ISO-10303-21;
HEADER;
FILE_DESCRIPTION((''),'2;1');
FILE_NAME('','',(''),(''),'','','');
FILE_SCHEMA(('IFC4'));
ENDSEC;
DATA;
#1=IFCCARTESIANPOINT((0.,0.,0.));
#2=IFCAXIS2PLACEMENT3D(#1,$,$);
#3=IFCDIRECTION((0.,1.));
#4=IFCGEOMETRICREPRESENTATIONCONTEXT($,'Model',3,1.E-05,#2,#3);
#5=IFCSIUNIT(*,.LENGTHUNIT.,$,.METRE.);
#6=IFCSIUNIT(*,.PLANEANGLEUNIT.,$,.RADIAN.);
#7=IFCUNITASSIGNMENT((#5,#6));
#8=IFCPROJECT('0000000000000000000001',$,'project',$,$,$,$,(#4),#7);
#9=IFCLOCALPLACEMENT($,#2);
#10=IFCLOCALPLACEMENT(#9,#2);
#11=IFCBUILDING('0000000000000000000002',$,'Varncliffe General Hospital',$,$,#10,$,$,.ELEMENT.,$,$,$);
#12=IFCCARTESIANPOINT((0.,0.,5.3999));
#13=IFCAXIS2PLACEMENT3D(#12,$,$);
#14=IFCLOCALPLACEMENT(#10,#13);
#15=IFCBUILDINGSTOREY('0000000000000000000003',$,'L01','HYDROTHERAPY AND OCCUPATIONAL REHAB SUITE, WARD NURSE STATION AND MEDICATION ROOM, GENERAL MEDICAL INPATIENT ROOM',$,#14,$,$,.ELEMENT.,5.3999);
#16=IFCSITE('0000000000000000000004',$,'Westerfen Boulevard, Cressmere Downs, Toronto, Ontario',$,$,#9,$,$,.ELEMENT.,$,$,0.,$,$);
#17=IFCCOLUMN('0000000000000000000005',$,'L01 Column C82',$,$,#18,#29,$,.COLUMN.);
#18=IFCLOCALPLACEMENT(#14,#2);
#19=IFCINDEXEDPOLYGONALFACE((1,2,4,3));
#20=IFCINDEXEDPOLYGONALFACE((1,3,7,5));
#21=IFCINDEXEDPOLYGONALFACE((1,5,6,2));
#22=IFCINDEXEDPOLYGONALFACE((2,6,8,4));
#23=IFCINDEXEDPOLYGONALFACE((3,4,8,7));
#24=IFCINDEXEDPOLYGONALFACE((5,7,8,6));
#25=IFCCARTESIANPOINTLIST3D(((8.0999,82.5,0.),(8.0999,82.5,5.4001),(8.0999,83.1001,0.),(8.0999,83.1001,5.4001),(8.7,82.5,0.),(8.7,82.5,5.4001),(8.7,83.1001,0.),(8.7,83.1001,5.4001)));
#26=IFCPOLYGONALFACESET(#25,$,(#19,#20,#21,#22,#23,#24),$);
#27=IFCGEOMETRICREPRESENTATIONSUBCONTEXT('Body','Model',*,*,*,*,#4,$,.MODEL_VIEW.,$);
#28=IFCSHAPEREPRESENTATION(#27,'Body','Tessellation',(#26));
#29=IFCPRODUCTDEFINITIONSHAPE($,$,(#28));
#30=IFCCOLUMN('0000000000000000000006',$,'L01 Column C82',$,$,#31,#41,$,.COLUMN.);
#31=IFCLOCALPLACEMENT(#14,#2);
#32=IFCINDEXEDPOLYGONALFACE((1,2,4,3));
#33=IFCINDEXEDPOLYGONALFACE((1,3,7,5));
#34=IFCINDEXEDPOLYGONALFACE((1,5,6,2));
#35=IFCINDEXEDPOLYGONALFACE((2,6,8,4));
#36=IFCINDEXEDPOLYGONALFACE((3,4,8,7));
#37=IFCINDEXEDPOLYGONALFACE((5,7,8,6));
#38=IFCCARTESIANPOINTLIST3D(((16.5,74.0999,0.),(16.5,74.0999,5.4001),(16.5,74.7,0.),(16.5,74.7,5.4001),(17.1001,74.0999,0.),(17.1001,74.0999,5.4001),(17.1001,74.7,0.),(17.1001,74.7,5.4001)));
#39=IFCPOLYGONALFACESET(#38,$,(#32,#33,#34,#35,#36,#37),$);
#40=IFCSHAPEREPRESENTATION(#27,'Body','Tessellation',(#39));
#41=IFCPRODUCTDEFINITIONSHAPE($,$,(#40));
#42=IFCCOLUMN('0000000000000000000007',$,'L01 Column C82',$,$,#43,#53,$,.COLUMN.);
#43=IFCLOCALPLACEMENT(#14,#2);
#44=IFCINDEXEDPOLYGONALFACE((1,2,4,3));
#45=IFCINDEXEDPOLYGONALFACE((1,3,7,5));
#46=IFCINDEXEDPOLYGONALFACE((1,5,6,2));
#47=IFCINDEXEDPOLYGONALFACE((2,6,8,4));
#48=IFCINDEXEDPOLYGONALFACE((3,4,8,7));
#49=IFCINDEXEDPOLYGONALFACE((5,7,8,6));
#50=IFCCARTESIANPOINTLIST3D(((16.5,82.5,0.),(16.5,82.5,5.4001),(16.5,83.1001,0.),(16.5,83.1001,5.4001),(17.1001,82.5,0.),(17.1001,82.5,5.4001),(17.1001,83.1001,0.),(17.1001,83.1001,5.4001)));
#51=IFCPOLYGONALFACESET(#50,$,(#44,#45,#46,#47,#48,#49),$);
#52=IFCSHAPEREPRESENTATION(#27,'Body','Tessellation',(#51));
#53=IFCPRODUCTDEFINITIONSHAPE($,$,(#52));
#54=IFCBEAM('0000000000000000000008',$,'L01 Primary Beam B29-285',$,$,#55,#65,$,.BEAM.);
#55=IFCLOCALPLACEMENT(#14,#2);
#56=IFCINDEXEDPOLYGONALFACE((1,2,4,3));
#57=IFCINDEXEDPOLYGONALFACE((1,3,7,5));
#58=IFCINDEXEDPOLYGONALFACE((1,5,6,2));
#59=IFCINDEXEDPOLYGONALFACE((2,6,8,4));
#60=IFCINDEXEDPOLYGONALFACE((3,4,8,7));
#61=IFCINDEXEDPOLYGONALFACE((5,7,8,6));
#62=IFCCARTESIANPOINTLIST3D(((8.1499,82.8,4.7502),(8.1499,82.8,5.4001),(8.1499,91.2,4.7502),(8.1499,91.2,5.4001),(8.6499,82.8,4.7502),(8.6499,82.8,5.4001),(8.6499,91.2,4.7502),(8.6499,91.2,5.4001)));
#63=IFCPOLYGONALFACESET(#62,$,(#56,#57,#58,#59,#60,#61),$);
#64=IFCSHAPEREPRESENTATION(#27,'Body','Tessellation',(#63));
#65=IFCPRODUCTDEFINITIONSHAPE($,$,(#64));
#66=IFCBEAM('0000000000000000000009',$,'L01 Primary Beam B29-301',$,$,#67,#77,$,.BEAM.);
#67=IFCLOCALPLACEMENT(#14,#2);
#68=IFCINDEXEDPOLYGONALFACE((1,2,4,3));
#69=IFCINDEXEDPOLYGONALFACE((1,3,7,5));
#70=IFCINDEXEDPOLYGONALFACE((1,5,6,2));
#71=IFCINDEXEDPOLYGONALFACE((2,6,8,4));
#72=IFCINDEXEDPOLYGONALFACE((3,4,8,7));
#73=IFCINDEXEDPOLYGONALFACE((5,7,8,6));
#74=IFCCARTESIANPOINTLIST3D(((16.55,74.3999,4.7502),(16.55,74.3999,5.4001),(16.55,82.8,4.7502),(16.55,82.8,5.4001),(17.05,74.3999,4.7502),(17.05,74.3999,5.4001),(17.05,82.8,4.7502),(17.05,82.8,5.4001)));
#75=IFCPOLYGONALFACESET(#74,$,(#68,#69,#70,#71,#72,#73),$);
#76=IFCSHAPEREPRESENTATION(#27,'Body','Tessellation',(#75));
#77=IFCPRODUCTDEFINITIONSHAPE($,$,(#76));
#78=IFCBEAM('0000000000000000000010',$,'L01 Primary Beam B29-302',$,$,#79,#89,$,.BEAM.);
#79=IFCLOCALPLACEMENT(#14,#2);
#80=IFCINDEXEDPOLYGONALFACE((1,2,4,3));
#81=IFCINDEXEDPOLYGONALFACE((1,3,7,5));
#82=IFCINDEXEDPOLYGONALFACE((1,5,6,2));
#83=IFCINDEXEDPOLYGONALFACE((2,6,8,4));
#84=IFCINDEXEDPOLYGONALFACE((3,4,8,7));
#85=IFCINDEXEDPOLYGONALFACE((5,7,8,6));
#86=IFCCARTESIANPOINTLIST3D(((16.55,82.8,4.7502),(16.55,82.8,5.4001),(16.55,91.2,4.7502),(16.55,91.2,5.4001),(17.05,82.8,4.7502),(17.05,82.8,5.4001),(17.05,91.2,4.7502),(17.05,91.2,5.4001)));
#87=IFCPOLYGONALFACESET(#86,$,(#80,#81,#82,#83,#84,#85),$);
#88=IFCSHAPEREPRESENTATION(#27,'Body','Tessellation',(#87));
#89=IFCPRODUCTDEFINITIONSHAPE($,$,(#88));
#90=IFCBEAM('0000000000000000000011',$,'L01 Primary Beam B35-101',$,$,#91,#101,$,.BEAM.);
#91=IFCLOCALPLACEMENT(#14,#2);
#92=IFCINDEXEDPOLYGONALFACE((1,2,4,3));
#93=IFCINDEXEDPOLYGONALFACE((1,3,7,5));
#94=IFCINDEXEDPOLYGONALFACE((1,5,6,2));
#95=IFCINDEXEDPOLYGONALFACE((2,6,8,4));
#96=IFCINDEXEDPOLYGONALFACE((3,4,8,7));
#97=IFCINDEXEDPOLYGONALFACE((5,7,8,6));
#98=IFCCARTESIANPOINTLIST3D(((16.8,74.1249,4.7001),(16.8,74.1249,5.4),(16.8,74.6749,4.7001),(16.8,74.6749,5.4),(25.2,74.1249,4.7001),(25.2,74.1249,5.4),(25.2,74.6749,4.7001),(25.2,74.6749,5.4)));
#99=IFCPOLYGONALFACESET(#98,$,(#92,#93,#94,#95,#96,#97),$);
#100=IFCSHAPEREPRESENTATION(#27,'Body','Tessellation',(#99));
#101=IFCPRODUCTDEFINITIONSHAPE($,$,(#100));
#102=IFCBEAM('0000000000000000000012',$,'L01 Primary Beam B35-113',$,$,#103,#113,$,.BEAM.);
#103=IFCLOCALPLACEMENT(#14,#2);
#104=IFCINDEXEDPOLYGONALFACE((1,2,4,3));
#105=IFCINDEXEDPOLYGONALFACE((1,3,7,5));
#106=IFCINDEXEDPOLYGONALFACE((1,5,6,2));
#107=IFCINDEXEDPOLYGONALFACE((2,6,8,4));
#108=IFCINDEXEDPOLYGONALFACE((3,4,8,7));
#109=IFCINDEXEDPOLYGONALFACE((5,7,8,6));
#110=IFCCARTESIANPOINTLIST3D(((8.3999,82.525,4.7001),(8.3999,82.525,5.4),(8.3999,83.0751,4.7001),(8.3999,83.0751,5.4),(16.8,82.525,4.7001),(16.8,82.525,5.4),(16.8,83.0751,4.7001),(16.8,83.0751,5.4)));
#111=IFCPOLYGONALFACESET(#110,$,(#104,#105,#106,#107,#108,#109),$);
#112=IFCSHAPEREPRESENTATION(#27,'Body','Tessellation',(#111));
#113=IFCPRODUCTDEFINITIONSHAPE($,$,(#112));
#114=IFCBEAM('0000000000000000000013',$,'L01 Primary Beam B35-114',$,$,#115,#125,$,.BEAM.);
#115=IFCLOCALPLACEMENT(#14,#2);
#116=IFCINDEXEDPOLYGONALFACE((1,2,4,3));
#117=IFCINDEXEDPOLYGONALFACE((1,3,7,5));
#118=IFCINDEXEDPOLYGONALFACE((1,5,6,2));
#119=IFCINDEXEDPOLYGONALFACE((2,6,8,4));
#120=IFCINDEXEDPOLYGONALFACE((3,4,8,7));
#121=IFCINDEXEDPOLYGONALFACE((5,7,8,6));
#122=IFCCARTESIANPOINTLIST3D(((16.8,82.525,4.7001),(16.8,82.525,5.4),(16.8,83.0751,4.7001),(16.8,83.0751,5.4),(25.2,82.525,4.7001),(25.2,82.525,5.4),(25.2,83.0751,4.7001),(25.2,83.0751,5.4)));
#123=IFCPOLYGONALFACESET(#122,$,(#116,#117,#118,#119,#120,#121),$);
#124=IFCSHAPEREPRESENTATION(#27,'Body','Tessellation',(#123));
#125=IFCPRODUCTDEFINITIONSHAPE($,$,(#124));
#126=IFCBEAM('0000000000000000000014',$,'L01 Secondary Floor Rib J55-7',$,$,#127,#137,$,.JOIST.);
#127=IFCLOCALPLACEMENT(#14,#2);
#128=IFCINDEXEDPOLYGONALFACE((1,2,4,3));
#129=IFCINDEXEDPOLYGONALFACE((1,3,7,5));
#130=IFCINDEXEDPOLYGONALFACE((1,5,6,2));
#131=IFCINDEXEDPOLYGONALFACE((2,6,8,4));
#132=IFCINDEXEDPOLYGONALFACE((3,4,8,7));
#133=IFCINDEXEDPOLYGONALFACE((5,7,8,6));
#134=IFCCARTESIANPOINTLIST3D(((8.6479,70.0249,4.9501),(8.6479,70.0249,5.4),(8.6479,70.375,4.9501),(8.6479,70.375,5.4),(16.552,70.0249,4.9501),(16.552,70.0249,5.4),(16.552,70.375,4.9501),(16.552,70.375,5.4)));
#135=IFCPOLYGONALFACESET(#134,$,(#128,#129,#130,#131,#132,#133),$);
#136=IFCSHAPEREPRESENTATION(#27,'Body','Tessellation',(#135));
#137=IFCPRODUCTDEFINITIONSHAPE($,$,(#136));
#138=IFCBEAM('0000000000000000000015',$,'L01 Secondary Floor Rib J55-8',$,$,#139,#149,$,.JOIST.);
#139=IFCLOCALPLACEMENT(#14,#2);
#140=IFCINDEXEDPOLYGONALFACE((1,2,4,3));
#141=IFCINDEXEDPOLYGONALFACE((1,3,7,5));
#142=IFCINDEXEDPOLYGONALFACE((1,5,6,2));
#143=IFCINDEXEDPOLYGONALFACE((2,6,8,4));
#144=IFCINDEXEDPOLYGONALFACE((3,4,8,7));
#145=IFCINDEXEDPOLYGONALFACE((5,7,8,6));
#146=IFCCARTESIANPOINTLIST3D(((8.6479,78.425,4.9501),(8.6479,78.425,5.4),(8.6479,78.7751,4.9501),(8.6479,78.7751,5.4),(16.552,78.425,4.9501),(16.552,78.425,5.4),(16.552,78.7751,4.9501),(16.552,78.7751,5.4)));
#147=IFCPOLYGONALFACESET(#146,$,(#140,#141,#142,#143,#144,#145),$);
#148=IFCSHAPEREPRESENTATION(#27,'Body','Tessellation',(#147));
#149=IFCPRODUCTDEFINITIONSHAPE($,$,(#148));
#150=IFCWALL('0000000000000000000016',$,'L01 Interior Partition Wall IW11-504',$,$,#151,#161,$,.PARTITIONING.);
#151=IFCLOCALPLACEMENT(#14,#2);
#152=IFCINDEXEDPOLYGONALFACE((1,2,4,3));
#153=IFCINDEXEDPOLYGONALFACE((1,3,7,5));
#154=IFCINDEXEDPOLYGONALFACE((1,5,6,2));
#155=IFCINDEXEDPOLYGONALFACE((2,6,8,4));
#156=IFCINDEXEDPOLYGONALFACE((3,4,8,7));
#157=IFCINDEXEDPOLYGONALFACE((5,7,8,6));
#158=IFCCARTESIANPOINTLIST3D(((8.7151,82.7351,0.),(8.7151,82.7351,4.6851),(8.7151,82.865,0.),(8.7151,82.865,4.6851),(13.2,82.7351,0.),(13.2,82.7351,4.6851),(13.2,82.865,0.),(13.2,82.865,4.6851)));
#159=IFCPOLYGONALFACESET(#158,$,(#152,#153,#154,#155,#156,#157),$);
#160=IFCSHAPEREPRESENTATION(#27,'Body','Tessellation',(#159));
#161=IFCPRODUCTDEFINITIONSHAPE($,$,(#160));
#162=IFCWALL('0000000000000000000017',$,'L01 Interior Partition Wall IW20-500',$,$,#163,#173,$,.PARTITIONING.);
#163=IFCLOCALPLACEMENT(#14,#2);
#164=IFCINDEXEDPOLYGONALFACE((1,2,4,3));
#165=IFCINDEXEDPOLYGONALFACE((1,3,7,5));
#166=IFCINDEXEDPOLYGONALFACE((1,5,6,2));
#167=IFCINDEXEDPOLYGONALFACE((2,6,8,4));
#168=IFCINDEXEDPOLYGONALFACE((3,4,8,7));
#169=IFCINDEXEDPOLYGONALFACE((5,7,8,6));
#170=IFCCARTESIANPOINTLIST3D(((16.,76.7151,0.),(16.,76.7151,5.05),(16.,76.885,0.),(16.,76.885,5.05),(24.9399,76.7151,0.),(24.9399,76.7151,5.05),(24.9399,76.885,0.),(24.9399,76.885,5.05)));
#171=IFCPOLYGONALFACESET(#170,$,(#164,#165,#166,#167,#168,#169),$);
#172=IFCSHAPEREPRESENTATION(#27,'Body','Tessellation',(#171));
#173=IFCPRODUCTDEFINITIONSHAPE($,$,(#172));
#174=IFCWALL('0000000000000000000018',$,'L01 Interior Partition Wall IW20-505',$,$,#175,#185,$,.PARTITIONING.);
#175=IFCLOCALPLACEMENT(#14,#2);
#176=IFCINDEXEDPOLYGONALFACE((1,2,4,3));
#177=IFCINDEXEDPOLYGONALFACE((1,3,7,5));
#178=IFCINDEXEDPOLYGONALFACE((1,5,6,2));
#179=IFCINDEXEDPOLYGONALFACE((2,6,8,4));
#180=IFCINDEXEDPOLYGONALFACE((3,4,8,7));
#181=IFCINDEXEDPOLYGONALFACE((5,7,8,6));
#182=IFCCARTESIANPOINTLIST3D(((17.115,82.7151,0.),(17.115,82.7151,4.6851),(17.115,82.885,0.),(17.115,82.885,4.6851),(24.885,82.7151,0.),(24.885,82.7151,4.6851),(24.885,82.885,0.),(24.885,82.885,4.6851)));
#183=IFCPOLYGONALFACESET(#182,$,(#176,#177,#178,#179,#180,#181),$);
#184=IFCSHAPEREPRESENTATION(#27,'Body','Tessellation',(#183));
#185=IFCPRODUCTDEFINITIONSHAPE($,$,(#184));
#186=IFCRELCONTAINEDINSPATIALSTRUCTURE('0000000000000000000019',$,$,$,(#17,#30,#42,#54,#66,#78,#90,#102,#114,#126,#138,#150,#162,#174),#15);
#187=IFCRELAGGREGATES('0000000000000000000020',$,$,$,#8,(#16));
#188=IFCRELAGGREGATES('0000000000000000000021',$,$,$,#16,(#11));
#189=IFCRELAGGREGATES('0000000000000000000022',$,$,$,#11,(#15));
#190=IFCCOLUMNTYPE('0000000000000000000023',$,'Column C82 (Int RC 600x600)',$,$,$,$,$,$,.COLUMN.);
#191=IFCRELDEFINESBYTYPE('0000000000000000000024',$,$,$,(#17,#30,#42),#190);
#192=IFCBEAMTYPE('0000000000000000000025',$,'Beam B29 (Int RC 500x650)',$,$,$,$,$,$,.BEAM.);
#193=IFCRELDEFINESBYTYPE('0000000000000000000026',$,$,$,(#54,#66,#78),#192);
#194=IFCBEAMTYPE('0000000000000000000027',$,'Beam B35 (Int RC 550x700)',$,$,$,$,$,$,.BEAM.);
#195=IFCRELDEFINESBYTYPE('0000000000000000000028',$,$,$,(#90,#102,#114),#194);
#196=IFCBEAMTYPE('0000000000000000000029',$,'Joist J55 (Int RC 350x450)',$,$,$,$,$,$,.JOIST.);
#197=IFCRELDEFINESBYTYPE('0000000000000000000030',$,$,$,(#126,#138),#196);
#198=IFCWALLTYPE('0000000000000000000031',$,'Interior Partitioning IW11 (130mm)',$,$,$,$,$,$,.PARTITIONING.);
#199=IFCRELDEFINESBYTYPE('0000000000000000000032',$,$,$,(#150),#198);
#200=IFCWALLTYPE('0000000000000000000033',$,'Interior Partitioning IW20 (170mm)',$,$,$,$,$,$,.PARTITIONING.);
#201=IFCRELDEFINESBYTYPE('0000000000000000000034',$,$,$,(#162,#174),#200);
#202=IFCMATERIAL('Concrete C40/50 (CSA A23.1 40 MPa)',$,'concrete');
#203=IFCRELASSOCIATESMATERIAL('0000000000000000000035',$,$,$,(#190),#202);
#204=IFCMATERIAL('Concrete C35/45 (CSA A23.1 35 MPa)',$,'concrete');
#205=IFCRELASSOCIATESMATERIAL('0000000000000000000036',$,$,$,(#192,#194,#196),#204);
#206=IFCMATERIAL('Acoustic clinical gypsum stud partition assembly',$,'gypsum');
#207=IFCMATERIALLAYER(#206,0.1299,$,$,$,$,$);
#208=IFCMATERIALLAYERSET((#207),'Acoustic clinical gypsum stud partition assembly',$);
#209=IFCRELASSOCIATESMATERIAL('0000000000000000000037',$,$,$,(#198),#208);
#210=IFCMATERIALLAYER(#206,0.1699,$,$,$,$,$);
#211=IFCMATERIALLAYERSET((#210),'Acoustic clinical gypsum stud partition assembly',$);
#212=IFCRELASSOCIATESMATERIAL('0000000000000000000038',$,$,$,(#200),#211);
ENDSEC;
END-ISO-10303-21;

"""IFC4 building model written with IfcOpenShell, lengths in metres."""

from ifc_helpers import new_model, si_unit, direction, frame, frame_2d, origin, origin_2d, place, context, subcontext, project, spatial, rectangle, extrude, material, layer, layer_set, material_profile, profile_set, type_object, element, save


model = new_model("IFC4")

# Units and contexts
model_context = context("Model", 3, precision=1e-05, world=origin(), true_north=direction((0.0, 1.0)))
body_context = subcontext(model_context, "Body", "Model", "MODEL_VIEW")
ifc_project = project(units=[si_unit("LENGTHUNIT", "METRE"), si_unit("PLANEANGLEUNIT", "RADIAN")], contexts=[model_context])

# Site, building, storey
site_placement = place(None, origin())
site = spatial("IfcSite", under=ifc_project, at=site_placement, Name="Westerfen Boulevard, Cressmere Downs, Toronto, Ontario", CompositionType="ELEMENT", RefElevation=0.0)
building_placement = place(site_placement, origin())
building = spatial("IfcBuilding", under=site, at=building_placement, Name="Varncliffe General Hospital", CompositionType="ELEMENT")
storey_placement = place(building_placement, frame((0.0, 0.0, 5.3999)))
storey = spatial("IfcBuildingStorey", under=building, at=storey_placement, Name="L01", Description="HYDROTHERAPY AND OCCUPATIONAL REHAB SUITE, WARD NURSE STATION AND MEDICATION ROOM, GENERAL MEDICAL INPATIENT ROOM", CompositionType="ELEMENT", Elevation=5.3999)

# Columns
ifc_material_1 = material(Name="Concrete C40/50 (CSA A23.1 40 MPa)", Category="concrete")
ifc_material_profile_1 = material_profile(ifc_material_1, rectangle(XDim=0.6001, YDim=0.6001, at=origin_2d()), Name="RC 600x600")
ifc_profile_set_1 = profile_set([ifc_material_profile_1], Name="Concrete C40/50 (CSA A23.1 40 MPa)")
column_type = type_object("IfcColumnType", Name="Column C82 (Int RC 600x600)", PredefinedType="COLUMN", material=ifc_profile_set_1)
for number, where, z_axis, x_axis, name in (
    (1, (8.3999, 82.8, 0.0), (0.0, 0.0, 1.0), (1.0, 0.0, 0.0), "L01 Column C82"),
    (2, (16.8, 74.3999, 0.0), (0.0, 0.0, 1.0), (1.0, 0.0, 0.0), "L01 Column C82"),
    (3, (16.8, 82.8, 0.0), (0.0, 0.0, 1.0), (1.0, 0.0, 0.0), "L01 Column C82"),
):
    element("IfcColumn", number, at=place(storey_placement, frame(where, z_axis=z_axis, x_axis=x_axis)), inside=storey, type_object=column_type, Name=name, PredefinedType="COLUMN", context=body_context, shape_type="SweptSolid", body=[
        extrude(rectangle(XDim=0.6001, YDim=0.6001, at=origin_2d()), origin(), (0.0, 0.0, 1.0), 5.4001),
    ])

# Beams
ifc_material_2 = material(Name="Concrete C35/45 (CSA A23.1 35 MPa)", Category="concrete")
ifc_material_profile_2 = material_profile(ifc_material_2, rectangle(XDim=0.5, YDim=0.6499, at=origin_2d()), Name="RC 500x650")
ifc_profile_set_2 = profile_set([ifc_material_profile_2], Name="Concrete C35/45 (CSA A23.1 35 MPa)")
beam_type_1 = type_object("IfcBeamType", Name="Beam B29 (Int RC 500x650)", PredefinedType="BEAM", material=ifc_profile_set_2)
beam_1_placement = place(storey_placement, frame((8.3999, 82.8, 5.0752), z_axis=(0.0, 1.0, 0.0), x_axis=(-1.0, 0.0, 0.0)))
element("IfcBeam", 4, at=beam_1_placement, inside=storey, type_object=beam_type_1, Name="L01 Primary Beam B29-285", PredefinedType="BEAM", context=body_context, shape_type="SweptSolid", body=[
    extrude(rectangle(XDim=0.5, YDim=0.6499, at=origin_2d()), origin(), (0.0, 0.0, 1.0), 8.3999),
])
beam_2_placement = place(storey_placement, frame((16.8, 74.3999, 5.0752), z_axis=(0.0, 1.0, 0.0), x_axis=(-1.0, 0.0, 0.0)))
element("IfcBeam", 5, at=beam_2_placement, inside=storey, type_object=beam_type_1, Name="L01 Primary Beam B29-301", PredefinedType="BEAM", context=body_context, shape_type="SweptSolid", body=[
    extrude(rectangle(XDim=0.5, YDim=0.6499, at=origin_2d()), origin(), (0.0, 0.0, 1.0), 8.4001),
])
beam_3_placement = place(storey_placement, frame((16.8, 82.8, 5.0752), z_axis=(0.0, 1.0, 0.0), x_axis=(-1.0, 0.0, 0.0)))
element("IfcBeam", 6, at=beam_3_placement, inside=storey, type_object=beam_type_1, Name="L01 Primary Beam B29-302", PredefinedType="BEAM", context=body_context, shape_type="SweptSolid", body=[
    extrude(rectangle(XDim=0.5, YDim=0.6499, at=origin_2d()), origin(), (0.0, 0.0, 1.0), 8.3999),
])
ifc_material_profile_3 = material_profile(ifc_material_2, rectangle(XDim=0.55, YDim=0.7, at=origin_2d()), Name="RC 550x700")
ifc_profile_set_3 = profile_set([ifc_material_profile_3], Name="Concrete C35/45 (CSA A23.1 35 MPa)")
beam_type_2 = type_object("IfcBeamType", Name="Beam B35 (Int RC 550x700)", PredefinedType="BEAM", material=ifc_profile_set_3)
beam_4_placement = place(storey_placement, frame((16.8, 74.3999, 5.05), z_axis=(1.0, 0.0, 0.0), x_axis=(0.0, 1.0, 0.0)))
element("IfcBeam", 7, at=beam_4_placement, inside=storey, type_object=beam_type_2, Name="L01 Primary Beam B35-101", PredefinedType="BEAM", context=body_context, shape_type="SweptSolid", body=[
    extrude(rectangle(XDim=0.55, YDim=0.7, at=origin_2d()), origin(), (0.0, 0.0, 1.0), 8.3999),
])
beam_5_placement = place(storey_placement, frame((8.3999, 82.8, 5.05), z_axis=(1.0, 0.0, 0.0), x_axis=(0.0, 1.0, 0.0)))
element("IfcBeam", 8, at=beam_5_placement, inside=storey, type_object=beam_type_2, Name="L01 Primary Beam B35-113", PredefinedType="BEAM", context=body_context, shape_type="SweptSolid", body=[
    extrude(rectangle(XDim=0.55, YDim=0.7, at=origin_2d()), origin(), (0.0, 0.0, 1.0), 8.4001),
])
beam_6_placement = place(storey_placement, frame((16.8, 82.8, 5.05), z_axis=(1.0, 0.0, 0.0), x_axis=(0.0, 1.0, 0.0)))
element("IfcBeam", 9, at=beam_6_placement, inside=storey, type_object=beam_type_2, Name="L01 Primary Beam B35-114", PredefinedType="BEAM", context=body_context, shape_type="SweptSolid", body=[
    extrude(rectangle(XDim=0.55, YDim=0.7, at=origin_2d()), origin(), (0.0, 0.0, 1.0), 8.3999),
])
ifc_material_profile_4 = material_profile(ifc_material_2, rectangle(XDim=0.3501, YDim=0.45, at=origin_2d()), Name="RC 350x450")
ifc_profile_set_4 = profile_set([ifc_material_profile_4], Name="Concrete C35/45 (CSA A23.1 35 MPa)")
beam_type_3 = type_object("IfcBeamType", Name="Joist J55 (Int RC 350x450)", PredefinedType="JOIST", material=ifc_profile_set_4)
for number, where, z_axis, x_axis, name in (
    (10, (8.6479, 70.2, 5.175), (1.0, 0.0, 0.0), (0.0, 1.0, 0.0), "L01 Secondary Floor Rib J55-7"),
    (11, (8.6479, 78.6001, 5.175), (1.0, 0.0, 0.0), (0.0, 1.0, 0.0), "L01 Secondary Floor Rib J55-8"),
):
    element("IfcBeam", number, at=place(storey_placement, frame(where, z_axis=z_axis, x_axis=x_axis)), inside=storey, type_object=beam_type_3, Name=name, PredefinedType="JOIST", context=body_context, shape_type="SweptSolid", body=[
        extrude(rectangle(XDim=0.3501, YDim=0.45, at=origin_2d()), origin(), (0.0, 0.0, 1.0), 7.9041),
    ])

# Walls
ifc_material_3 = material(Name="Acoustic clinical gypsum stud partition assembly", Category="gypsum")
ifc_layer_1 = layer(ifc_material_3, 0.1299)
ifc_layer_set_1 = layer_set([ifc_layer_1], Name="Acoustic clinical gypsum stud partition assembly")
wall_type_1 = type_object("IfcWallType", Name="Interior Partitioning IW11 (130mm)", PredefinedType="PARTITIONING", material=ifc_layer_set_1)
wall_1_placement = place(storey_placement, frame((8.7151, 82.8, 0.0), z_axis=(0.0, 0.0, 1.0), x_axis=(1.0, 0.0, 0.0)))
element("IfcWall", 12, at=wall_1_placement, inside=storey, type_object=wall_type_1, Name="L01 Interior Partition Wall IW11-504", PredefinedType="PARTITIONING", context=body_context, shape_type="SweptSolid", body=[
    extrude(rectangle(XDim=4.4849, YDim=0.1299, at=frame_2d((2.2424, 0.0))), origin(), (0.0, 0.0, 1.0), 4.6851),
])
ifc_layer_2 = layer(ifc_material_3, 0.1699)
ifc_layer_set_2 = layer_set([ifc_layer_2], Name="Acoustic clinical gypsum stud partition assembly")
wall_type_2 = type_object("IfcWallType", Name="Interior Partitioning IW20 (170mm)", PredefinedType="PARTITIONING", material=ifc_layer_set_2)
wall_2_placement = place(storey_placement, frame((16.0, 76.8, 0.0), z_axis=(0.0, 0.0, 1.0), x_axis=(1.0, 0.0, 0.0)))
element("IfcWall", 13, at=wall_2_placement, inside=storey, type_object=wall_type_2, Name="L01 Interior Partition Wall IW20-500", PredefinedType="PARTITIONING", context=body_context, shape_type="SweptSolid", body=[
    extrude(rectangle(XDim=8.9399, YDim=0.1699, at=frame_2d((4.47, 0.0))), origin(), (0.0, 0.0, 1.0), 5.05),
])
wall_3_placement = place(storey_placement, frame((17.115, 82.8, 0.0), z_axis=(0.0, 0.0, 1.0), x_axis=(1.0, 0.0, 0.0)))
element("IfcWall", 14, at=wall_3_placement, inside=storey, type_object=wall_type_2, Name="L01 Interior Partition Wall IW20-505", PredefinedType="PARTITIONING", context=body_context, shape_type="SweptSolid", body=[
    extrude(rectangle(XDim=7.77, YDim=0.1699, at=frame_2d((3.885, 0.0))), origin(), (0.0, 0.0, 1.0), 4.6851),
])

save(model, "model.ifc")
